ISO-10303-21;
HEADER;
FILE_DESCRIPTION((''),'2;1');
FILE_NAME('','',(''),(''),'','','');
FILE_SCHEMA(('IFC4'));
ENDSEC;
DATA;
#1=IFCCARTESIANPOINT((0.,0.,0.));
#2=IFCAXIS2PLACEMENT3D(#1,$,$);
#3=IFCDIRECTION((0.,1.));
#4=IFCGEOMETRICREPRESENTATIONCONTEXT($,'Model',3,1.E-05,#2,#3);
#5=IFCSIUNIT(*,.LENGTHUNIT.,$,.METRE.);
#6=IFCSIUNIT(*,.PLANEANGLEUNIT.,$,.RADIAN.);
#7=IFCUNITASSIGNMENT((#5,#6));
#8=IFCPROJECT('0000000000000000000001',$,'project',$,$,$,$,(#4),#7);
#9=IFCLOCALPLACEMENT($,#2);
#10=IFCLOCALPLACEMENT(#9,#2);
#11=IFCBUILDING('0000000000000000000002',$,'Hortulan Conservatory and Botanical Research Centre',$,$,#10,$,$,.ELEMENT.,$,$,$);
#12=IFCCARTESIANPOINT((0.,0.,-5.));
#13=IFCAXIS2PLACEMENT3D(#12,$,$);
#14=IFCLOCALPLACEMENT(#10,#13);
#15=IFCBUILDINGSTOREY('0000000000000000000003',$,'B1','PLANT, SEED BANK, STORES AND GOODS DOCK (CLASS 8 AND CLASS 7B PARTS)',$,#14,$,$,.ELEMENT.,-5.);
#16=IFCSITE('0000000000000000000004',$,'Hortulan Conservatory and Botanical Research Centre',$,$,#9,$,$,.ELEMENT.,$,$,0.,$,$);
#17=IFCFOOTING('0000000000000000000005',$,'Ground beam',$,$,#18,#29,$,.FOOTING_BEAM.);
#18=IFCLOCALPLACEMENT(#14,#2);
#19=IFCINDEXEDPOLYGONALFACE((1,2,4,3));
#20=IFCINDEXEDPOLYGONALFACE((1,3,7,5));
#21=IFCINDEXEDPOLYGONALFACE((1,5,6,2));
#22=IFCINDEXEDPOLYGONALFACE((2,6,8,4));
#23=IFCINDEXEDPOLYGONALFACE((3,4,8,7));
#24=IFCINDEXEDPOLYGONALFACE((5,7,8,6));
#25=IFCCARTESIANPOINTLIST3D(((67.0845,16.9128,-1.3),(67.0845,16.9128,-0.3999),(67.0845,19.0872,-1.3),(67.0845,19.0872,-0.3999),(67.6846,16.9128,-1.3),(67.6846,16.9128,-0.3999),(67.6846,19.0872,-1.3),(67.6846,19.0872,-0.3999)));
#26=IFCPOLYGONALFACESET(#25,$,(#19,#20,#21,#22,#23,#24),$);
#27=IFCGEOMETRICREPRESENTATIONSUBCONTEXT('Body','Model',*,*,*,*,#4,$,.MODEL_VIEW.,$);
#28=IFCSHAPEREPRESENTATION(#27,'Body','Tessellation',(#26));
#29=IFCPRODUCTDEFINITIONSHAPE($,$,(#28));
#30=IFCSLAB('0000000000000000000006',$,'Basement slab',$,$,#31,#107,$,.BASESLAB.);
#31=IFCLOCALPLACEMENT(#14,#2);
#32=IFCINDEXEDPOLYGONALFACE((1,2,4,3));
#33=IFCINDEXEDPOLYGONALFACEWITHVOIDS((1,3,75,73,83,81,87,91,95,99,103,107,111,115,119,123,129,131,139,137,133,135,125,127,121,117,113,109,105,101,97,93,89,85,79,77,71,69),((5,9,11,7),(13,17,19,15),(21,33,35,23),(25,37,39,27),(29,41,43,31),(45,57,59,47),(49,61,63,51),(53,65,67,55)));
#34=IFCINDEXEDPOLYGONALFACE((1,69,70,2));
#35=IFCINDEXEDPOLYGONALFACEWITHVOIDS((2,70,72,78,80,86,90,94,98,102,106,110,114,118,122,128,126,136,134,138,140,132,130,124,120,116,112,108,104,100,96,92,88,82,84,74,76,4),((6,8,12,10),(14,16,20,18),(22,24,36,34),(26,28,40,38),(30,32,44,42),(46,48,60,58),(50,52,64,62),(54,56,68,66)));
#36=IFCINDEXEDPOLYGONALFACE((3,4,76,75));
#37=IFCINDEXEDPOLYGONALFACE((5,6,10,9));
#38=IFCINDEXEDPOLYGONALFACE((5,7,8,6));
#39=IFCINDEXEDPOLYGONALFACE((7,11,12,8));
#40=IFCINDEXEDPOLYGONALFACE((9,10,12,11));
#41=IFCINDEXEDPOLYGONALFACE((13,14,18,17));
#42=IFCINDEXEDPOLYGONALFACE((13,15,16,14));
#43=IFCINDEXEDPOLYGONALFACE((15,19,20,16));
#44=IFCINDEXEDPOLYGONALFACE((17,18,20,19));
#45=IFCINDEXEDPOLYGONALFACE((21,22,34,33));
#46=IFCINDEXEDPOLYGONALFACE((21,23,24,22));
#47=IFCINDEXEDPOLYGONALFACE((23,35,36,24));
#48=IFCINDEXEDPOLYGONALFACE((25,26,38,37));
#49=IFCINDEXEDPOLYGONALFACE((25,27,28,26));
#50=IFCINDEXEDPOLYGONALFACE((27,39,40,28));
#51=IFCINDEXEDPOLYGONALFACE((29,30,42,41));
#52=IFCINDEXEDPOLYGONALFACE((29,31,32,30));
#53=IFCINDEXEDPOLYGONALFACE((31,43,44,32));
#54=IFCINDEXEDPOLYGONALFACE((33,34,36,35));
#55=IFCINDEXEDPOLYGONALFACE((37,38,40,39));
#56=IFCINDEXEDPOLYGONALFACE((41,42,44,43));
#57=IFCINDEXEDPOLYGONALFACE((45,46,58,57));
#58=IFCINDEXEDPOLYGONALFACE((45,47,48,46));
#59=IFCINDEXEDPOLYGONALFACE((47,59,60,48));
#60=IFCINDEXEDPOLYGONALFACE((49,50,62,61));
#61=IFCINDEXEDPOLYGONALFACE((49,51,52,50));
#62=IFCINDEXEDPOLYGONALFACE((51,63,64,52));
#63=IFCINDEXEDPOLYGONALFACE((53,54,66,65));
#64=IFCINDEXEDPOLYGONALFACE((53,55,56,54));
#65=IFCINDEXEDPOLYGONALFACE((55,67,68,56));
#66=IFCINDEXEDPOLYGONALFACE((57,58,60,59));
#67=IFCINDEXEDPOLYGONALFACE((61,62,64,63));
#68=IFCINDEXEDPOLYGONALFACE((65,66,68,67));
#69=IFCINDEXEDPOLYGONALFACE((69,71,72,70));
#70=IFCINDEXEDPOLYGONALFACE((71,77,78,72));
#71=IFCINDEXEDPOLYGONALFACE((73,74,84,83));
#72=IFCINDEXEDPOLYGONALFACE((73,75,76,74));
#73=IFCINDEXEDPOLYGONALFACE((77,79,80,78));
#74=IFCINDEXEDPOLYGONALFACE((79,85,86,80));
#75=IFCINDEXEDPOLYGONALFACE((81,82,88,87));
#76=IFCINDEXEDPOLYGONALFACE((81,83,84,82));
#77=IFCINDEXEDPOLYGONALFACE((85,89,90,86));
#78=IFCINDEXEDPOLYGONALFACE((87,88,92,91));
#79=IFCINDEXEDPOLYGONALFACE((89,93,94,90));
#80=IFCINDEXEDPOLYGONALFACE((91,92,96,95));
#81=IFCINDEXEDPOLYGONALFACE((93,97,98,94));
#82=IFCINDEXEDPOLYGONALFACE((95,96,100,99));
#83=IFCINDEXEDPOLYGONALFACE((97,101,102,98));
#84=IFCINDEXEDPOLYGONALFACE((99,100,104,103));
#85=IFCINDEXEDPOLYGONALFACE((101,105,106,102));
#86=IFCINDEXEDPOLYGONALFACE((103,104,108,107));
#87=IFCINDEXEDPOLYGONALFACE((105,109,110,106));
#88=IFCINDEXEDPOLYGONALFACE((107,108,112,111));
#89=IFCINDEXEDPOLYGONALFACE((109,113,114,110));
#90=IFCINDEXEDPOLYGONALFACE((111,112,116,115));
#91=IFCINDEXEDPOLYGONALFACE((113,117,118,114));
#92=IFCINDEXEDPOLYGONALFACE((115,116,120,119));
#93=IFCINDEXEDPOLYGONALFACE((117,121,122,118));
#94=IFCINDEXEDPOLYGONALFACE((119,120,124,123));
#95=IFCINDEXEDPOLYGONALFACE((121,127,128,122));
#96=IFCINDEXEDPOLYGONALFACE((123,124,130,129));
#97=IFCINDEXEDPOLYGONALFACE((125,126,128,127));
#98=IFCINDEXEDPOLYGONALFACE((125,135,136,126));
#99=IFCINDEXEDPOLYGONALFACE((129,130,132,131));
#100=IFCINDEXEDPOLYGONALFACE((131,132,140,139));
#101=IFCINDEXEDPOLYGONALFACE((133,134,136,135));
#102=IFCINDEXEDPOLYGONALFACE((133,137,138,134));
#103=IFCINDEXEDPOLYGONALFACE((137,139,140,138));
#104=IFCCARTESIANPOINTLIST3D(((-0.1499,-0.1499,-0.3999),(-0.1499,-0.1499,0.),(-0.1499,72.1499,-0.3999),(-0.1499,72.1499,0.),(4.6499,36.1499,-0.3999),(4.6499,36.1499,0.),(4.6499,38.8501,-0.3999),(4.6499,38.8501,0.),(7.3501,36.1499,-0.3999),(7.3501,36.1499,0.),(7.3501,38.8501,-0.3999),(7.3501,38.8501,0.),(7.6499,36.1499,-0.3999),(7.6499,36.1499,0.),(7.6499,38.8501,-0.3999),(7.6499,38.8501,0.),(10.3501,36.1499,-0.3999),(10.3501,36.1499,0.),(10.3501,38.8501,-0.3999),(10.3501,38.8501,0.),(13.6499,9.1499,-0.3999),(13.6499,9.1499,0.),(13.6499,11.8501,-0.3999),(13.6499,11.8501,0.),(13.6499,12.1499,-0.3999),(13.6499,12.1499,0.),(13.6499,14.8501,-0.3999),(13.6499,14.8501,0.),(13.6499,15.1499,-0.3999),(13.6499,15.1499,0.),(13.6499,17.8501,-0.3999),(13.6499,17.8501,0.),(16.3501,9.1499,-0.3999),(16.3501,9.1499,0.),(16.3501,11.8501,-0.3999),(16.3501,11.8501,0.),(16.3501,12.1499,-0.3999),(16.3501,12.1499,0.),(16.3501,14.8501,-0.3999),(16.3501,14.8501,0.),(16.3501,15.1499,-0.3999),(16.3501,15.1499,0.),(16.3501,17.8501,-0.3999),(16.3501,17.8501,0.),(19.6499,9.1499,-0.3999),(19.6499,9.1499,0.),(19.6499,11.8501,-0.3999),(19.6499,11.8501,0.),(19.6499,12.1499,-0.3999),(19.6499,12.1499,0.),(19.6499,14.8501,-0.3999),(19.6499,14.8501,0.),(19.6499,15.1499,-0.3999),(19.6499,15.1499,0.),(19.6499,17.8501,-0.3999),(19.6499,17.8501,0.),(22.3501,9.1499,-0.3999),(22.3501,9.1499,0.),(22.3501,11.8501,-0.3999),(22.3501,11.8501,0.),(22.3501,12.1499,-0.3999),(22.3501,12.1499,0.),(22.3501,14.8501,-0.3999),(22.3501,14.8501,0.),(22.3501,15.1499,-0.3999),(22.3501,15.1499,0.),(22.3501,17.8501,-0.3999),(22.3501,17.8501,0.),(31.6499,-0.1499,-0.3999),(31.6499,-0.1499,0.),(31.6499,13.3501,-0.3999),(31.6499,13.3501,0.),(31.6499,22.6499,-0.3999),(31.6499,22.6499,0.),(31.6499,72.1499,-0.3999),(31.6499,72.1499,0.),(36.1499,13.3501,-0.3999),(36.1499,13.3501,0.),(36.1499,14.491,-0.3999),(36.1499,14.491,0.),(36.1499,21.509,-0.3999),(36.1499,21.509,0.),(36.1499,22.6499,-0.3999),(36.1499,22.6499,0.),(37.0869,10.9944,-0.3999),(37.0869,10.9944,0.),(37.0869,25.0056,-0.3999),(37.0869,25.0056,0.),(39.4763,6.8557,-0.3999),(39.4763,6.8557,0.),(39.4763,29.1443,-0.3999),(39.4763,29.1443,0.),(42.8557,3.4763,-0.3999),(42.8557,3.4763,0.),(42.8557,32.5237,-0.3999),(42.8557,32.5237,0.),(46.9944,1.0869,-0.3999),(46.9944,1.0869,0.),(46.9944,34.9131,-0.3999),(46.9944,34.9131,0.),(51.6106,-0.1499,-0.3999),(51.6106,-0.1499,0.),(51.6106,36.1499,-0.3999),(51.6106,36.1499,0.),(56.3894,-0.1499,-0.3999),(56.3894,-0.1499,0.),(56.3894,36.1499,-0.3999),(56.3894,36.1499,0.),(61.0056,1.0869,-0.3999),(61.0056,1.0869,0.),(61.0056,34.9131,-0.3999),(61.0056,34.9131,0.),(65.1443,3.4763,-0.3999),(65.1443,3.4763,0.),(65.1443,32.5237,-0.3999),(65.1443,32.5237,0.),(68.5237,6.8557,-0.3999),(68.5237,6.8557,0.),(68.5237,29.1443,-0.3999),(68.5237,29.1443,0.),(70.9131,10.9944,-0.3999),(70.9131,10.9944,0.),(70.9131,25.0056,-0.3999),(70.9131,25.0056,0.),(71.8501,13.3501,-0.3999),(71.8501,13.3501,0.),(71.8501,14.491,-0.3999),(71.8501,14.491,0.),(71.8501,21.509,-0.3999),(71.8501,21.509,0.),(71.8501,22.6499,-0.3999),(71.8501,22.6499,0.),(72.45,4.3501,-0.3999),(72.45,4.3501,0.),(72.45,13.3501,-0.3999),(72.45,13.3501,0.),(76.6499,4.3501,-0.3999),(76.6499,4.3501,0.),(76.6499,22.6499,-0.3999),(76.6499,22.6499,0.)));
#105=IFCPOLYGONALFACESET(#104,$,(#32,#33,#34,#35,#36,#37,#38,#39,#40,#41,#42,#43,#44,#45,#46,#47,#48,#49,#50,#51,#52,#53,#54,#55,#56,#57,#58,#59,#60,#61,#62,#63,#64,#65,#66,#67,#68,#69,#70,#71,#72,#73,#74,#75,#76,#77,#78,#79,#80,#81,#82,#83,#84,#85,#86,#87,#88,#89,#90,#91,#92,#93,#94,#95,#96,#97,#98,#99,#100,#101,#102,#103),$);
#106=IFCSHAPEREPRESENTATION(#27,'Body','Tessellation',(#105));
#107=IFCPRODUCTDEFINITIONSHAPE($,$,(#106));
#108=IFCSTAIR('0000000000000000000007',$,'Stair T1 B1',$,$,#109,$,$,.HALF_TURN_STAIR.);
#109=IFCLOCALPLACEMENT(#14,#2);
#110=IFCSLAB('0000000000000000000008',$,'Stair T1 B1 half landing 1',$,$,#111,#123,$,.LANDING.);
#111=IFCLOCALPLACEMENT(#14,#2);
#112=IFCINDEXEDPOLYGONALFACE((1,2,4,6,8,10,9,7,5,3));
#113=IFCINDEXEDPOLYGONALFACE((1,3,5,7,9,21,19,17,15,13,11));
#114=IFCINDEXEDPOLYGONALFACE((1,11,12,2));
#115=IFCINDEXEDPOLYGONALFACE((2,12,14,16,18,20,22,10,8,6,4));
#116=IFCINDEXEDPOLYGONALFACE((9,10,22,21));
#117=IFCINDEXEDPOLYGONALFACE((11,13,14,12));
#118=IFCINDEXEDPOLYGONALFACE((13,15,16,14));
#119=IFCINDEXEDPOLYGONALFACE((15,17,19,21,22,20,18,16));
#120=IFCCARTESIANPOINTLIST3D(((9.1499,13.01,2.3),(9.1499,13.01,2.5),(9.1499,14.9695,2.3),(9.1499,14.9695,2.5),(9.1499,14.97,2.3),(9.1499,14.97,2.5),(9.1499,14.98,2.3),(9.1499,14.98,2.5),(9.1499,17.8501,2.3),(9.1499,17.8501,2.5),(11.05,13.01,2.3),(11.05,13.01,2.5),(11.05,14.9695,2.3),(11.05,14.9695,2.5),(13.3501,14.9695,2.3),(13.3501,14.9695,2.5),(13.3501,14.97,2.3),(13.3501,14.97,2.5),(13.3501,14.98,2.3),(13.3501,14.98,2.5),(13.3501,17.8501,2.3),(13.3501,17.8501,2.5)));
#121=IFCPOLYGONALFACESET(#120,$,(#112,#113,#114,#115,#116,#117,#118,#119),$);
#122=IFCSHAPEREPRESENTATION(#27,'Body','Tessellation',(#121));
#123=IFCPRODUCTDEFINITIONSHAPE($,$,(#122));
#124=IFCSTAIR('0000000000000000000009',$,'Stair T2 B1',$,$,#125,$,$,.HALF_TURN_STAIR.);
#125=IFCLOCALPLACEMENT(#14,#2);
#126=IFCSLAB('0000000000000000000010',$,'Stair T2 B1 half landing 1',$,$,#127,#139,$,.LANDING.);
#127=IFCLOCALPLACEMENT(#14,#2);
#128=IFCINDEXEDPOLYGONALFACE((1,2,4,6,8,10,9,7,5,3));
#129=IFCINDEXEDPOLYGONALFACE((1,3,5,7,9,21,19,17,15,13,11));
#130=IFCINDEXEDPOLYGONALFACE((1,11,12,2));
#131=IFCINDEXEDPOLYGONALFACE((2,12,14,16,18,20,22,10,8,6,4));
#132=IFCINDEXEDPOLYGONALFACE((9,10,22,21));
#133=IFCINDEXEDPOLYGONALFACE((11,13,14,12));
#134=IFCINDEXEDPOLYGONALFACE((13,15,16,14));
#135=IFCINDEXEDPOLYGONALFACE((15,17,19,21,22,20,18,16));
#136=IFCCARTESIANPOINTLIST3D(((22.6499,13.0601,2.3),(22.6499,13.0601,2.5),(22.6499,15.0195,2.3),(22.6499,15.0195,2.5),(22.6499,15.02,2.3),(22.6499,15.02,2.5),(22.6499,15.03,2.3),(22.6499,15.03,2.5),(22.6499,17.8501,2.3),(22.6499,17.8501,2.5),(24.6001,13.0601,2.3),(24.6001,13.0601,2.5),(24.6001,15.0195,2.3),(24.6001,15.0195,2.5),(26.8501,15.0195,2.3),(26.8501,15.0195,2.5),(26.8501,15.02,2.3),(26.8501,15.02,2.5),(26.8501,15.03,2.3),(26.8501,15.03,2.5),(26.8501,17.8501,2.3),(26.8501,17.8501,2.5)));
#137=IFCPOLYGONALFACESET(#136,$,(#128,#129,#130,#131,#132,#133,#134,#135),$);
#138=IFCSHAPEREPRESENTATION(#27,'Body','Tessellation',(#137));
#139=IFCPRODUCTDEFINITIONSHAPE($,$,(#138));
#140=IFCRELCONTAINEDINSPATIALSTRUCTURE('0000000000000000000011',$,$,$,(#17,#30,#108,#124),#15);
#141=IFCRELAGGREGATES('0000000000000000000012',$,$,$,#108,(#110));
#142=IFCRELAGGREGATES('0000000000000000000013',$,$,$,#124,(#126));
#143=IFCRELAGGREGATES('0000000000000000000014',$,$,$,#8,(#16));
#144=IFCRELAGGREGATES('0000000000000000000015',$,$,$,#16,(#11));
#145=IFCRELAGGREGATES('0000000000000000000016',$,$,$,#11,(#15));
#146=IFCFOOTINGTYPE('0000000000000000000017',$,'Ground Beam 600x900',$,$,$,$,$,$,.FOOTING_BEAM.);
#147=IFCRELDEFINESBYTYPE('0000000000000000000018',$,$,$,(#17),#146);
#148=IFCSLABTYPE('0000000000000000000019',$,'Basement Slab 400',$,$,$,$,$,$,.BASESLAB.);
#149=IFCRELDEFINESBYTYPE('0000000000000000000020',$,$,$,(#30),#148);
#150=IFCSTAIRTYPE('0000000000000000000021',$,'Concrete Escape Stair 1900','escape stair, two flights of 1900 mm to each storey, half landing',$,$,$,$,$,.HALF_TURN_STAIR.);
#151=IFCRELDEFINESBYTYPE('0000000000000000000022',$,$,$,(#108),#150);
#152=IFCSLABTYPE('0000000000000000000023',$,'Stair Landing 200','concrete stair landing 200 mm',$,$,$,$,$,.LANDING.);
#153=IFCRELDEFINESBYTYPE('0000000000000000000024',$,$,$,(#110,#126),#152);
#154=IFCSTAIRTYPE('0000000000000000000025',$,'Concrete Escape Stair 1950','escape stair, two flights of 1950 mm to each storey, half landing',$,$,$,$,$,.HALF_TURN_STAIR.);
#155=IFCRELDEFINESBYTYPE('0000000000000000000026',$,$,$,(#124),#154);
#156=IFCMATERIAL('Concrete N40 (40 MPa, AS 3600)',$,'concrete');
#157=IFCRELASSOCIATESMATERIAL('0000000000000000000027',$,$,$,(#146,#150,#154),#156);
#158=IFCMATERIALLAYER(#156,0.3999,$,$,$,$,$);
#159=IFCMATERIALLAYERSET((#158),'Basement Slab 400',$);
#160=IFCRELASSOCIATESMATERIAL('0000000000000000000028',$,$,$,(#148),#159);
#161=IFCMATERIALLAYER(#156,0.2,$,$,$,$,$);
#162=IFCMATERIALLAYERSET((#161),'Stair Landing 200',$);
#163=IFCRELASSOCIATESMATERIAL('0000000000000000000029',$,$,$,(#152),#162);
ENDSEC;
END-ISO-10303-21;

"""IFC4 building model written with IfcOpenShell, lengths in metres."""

from ifc_helpers import new_model, si_unit, direction, frame, origin, place, context, subcontext, project, spatial, polyline, outline, extrude, material, layer, layer_set, type_object, element, aggregate, save


model = new_model("IFC4")

# Units and contexts
model_context = context("Model", 3, precision=1e-05, world=origin(), true_north=direction((0.0, 1.0)))
body_context = subcontext(model_context, "Body", "Model", "MODEL_VIEW")
ifc_project = project(units=[si_unit("LENGTHUNIT", "METRE"), si_unit("PLANEANGLEUNIT", "RADIAN")], contexts=[model_context])

# Site, building, storey
site_placement = place(None, origin())
site = spatial("IfcSite", under=ifc_project, at=site_placement, Name="Hortulan Conservatory and Botanical Research Centre", CompositionType="ELEMENT", RefElevation=0.0)
building_placement = place(site_placement, origin())
building = spatial("IfcBuilding", under=site, at=building_placement, Name="Hortulan Conservatory and Botanical Research Centre", CompositionType="ELEMENT")
storey_placement = place(building_placement, frame((0.0, 0.0, -5.0)))
storey = spatial("IfcBuildingStorey", under=building, at=storey_placement, Name="B1", Description="PLANT, SEED BANK, STORES AND GOODS DOCK (CLASS 8 AND CLASS 7B PARTS)", CompositionType="ELEMENT", Elevation=-5.0)

# Footing
ifc_material = material(Name="Concrete N40 (40 MPa, AS 3600)", Category="concrete")
footing_type = type_object("IfcFootingType", Name="Ground Beam 600x900", PredefinedType="FOOTING_BEAM", material=ifc_material)
footing_1_placement = place(storey_placement, frame((0.0, 0.0, -1.3)))
element("IfcFooting", 1, at=footing_1_placement, inside=storey, type_object=footing_type, Name="Ground beam", PredefinedType="FOOTING_BEAM", context=body_context, shape_type="SweptSolid", body=[
    extrude(outline(polyline([(67.6846, 16.9128), (67.6846, 19.0872), (67.0845, 19.0872), (67.0845, 16.9128), (67.6846, 16.9128)])), origin(), (0.0, 0.0, 1.0), 0.9001),
])

# Slab
ifc_layer_1 = layer(ifc_material, 0.3999)
ifc_layer_set_1 = layer_set([ifc_layer_1], Name="Basement Slab 400")
slab_type_1 = type_object("IfcSlabType", Name="Basement Slab 400", PredefinedType="BASESLAB", material=ifc_layer_set_1)
slab_1_placement = place(storey_placement, frame((0.0, 0.0, -0.3999)))
element("IfcSlab", 2, at=slab_1_placement, inside=storey, type_object=slab_type_1, Name="Basement slab", PredefinedType="BASESLAB", context=body_context, shape_type="SweptSolid", body=[
    extrude(outline(polyline([(71.8501, 13.3501), (72.45, 13.3501), (72.45, 4.3501), (76.6499, 4.3501), (76.6499, 22.6499), (71.8501, 22.6499), (71.8501, 21.509), (70.9131, 25.0056), (68.5237, 29.1443), (65.1443, 32.5237), (61.0056, 34.9131), (56.3894, 36.1499), (51.6106, 36.1499), (46.9944, 34.9131), (42.8557, 32.5237), (39.4763, 29.1443), (37.0869, 25.0056), (36.1499, 21.509), (36.1499, 22.6499), (31.6499, 22.6499), (31.6499, 72.1499), (-0.1499, 72.1499), (-0.1499, -0.1499), (31.6499, -0.1499), (31.6499, 13.3501), (36.1499, 13.3501), (36.1499, 14.491), (37.0869, 10.9944), (39.4763, 6.8557), (42.8557, 3.4763), (46.9944, 1.0869), (51.6106, -0.1499), (56.3894, -0.1499), (61.0056, 1.0869), (65.1443, 3.4763), (68.5237, 6.8557), (70.9131, 10.9944), (71.8501, 14.491), (71.8501, 13.3501)]), holes=[polyline([(13.6499, 11.8501), (13.6499, 9.1499), (16.3501, 9.1499), (16.3501, 11.8501), (13.6499, 11.8501)]), polyline([(19.6499, 11.8501), (19.6499, 9.1499), (22.3501, 9.1499), (22.3501, 11.8501), (19.6499, 11.8501)]), polyline([(13.6499, 14.8501), (13.6499, 12.1499), (16.3501, 12.1499), (16.3501, 14.8501), (13.6499, 14.8501)]), polyline([(19.6499, 14.8501), (19.6499, 12.1499), (22.3501, 12.1499), (22.3501, 14.8501), (19.6499, 14.8501)]), polyline([(13.6499, 17.8501), (13.6499, 15.1499), (16.3501, 15.1499), (16.3501, 17.8501), (13.6499, 17.8501)]), polyline([(19.6499, 17.8501), (19.6499, 15.1499), (22.3501, 15.1499), (22.3501, 17.8501), (19.6499, 17.8501)]), polyline([(4.6499, 38.8501), (4.6499, 36.1499), (7.3501, 36.1499), (7.3501, 38.8501), (4.6499, 38.8501)]), polyline([(7.6499, 38.8501), (7.6499, 36.1499), (10.3501, 36.1499), (10.3501, 38.8501), (7.6499, 38.8501)])]), origin(), (0.0, 0.0, 1.0), 0.3999),
])

# Stairs, slabs
stair_type_1 = type_object("IfcStairType", Name="Concrete Escape Stair 1900", Description="escape stair, two flights of 1900 mm to each storey, half landing", PredefinedType="HALF_TURN_STAIR", material=ifc_material)
stair_1_placement = place(storey_placement, origin())
stair_1 = element("IfcStair", 3, at=stair_1_placement, inside=storey, type_object=stair_type_1, Name="Stair T1 B1", PredefinedType="HALF_TURN_STAIR")
ifc_layer_2 = layer(ifc_material, 0.2)
ifc_layer_set_2 = layer_set([ifc_layer_2], Name="Stair Landing 200")
slab_type_2 = type_object("IfcSlabType", Name="Stair Landing 200", Description="concrete stair landing 200 mm", PredefinedType="LANDING", material=ifc_layer_set_2)
slab_2_placement = place(storey_placement, frame((0.0, 0.0, 2.3)))
slab_2 = element("IfcSlab", 4, at=slab_2_placement, type_object=slab_type_2, Name="Stair T1 B1 half landing 1", PredefinedType="LANDING", context=body_context, shape_type="SweptSolid", body=[
    extrude(outline(polyline([(13.3501, 14.9695), (11.05, 14.9695), (11.05, 13.01), (9.1499, 13.01), (9.1499, 14.9695), (9.1499, 14.97), (9.1499, 14.98), (9.1499, 17.8501), (13.3501, 17.8501), (13.3501, 14.98), (13.3501, 14.97), (13.3501, 14.9695)])), origin(), (0.0, 0.0, 1.0), 0.2),
])
aggregate(stair_1, [slab_2])
stair_type_2 = type_object("IfcStairType", Name="Concrete Escape Stair 1950", Description="escape stair, two flights of 1950 mm to each storey, half landing", PredefinedType="HALF_TURN_STAIR", material=ifc_material)
stair_2_placement = place(storey_placement, origin())
stair_2 = element("IfcStair", 5, at=stair_2_placement, inside=storey, type_object=stair_type_2, Name="Stair T2 B1", PredefinedType="HALF_TURN_STAIR")
slab_3_placement = place(storey_placement, frame((0.0, 0.0, 2.3)))
slab_3 = element("IfcSlab", 6, at=slab_3_placement, type_object=slab_type_2, Name="Stair T2 B1 half landing 1", PredefinedType="LANDING", context=body_context, shape_type="SweptSolid", body=[
    extrude(outline(polyline([(26.8501, 15.0195), (24.6001, 15.0195), (24.6001, 13.0601), (22.6499, 13.0601), (22.6499, 15.0195), (22.6499, 15.02), (22.6499, 15.03), (22.6499, 17.8501), (26.8501, 17.8501), (26.8501, 15.03), (26.8501, 15.02), (26.8501, 15.0195)])), origin(), (0.0, 0.0, 1.0), 0.2),
])
aggregate(stair_2, [slab_3])

save(model, "model.ifc")
